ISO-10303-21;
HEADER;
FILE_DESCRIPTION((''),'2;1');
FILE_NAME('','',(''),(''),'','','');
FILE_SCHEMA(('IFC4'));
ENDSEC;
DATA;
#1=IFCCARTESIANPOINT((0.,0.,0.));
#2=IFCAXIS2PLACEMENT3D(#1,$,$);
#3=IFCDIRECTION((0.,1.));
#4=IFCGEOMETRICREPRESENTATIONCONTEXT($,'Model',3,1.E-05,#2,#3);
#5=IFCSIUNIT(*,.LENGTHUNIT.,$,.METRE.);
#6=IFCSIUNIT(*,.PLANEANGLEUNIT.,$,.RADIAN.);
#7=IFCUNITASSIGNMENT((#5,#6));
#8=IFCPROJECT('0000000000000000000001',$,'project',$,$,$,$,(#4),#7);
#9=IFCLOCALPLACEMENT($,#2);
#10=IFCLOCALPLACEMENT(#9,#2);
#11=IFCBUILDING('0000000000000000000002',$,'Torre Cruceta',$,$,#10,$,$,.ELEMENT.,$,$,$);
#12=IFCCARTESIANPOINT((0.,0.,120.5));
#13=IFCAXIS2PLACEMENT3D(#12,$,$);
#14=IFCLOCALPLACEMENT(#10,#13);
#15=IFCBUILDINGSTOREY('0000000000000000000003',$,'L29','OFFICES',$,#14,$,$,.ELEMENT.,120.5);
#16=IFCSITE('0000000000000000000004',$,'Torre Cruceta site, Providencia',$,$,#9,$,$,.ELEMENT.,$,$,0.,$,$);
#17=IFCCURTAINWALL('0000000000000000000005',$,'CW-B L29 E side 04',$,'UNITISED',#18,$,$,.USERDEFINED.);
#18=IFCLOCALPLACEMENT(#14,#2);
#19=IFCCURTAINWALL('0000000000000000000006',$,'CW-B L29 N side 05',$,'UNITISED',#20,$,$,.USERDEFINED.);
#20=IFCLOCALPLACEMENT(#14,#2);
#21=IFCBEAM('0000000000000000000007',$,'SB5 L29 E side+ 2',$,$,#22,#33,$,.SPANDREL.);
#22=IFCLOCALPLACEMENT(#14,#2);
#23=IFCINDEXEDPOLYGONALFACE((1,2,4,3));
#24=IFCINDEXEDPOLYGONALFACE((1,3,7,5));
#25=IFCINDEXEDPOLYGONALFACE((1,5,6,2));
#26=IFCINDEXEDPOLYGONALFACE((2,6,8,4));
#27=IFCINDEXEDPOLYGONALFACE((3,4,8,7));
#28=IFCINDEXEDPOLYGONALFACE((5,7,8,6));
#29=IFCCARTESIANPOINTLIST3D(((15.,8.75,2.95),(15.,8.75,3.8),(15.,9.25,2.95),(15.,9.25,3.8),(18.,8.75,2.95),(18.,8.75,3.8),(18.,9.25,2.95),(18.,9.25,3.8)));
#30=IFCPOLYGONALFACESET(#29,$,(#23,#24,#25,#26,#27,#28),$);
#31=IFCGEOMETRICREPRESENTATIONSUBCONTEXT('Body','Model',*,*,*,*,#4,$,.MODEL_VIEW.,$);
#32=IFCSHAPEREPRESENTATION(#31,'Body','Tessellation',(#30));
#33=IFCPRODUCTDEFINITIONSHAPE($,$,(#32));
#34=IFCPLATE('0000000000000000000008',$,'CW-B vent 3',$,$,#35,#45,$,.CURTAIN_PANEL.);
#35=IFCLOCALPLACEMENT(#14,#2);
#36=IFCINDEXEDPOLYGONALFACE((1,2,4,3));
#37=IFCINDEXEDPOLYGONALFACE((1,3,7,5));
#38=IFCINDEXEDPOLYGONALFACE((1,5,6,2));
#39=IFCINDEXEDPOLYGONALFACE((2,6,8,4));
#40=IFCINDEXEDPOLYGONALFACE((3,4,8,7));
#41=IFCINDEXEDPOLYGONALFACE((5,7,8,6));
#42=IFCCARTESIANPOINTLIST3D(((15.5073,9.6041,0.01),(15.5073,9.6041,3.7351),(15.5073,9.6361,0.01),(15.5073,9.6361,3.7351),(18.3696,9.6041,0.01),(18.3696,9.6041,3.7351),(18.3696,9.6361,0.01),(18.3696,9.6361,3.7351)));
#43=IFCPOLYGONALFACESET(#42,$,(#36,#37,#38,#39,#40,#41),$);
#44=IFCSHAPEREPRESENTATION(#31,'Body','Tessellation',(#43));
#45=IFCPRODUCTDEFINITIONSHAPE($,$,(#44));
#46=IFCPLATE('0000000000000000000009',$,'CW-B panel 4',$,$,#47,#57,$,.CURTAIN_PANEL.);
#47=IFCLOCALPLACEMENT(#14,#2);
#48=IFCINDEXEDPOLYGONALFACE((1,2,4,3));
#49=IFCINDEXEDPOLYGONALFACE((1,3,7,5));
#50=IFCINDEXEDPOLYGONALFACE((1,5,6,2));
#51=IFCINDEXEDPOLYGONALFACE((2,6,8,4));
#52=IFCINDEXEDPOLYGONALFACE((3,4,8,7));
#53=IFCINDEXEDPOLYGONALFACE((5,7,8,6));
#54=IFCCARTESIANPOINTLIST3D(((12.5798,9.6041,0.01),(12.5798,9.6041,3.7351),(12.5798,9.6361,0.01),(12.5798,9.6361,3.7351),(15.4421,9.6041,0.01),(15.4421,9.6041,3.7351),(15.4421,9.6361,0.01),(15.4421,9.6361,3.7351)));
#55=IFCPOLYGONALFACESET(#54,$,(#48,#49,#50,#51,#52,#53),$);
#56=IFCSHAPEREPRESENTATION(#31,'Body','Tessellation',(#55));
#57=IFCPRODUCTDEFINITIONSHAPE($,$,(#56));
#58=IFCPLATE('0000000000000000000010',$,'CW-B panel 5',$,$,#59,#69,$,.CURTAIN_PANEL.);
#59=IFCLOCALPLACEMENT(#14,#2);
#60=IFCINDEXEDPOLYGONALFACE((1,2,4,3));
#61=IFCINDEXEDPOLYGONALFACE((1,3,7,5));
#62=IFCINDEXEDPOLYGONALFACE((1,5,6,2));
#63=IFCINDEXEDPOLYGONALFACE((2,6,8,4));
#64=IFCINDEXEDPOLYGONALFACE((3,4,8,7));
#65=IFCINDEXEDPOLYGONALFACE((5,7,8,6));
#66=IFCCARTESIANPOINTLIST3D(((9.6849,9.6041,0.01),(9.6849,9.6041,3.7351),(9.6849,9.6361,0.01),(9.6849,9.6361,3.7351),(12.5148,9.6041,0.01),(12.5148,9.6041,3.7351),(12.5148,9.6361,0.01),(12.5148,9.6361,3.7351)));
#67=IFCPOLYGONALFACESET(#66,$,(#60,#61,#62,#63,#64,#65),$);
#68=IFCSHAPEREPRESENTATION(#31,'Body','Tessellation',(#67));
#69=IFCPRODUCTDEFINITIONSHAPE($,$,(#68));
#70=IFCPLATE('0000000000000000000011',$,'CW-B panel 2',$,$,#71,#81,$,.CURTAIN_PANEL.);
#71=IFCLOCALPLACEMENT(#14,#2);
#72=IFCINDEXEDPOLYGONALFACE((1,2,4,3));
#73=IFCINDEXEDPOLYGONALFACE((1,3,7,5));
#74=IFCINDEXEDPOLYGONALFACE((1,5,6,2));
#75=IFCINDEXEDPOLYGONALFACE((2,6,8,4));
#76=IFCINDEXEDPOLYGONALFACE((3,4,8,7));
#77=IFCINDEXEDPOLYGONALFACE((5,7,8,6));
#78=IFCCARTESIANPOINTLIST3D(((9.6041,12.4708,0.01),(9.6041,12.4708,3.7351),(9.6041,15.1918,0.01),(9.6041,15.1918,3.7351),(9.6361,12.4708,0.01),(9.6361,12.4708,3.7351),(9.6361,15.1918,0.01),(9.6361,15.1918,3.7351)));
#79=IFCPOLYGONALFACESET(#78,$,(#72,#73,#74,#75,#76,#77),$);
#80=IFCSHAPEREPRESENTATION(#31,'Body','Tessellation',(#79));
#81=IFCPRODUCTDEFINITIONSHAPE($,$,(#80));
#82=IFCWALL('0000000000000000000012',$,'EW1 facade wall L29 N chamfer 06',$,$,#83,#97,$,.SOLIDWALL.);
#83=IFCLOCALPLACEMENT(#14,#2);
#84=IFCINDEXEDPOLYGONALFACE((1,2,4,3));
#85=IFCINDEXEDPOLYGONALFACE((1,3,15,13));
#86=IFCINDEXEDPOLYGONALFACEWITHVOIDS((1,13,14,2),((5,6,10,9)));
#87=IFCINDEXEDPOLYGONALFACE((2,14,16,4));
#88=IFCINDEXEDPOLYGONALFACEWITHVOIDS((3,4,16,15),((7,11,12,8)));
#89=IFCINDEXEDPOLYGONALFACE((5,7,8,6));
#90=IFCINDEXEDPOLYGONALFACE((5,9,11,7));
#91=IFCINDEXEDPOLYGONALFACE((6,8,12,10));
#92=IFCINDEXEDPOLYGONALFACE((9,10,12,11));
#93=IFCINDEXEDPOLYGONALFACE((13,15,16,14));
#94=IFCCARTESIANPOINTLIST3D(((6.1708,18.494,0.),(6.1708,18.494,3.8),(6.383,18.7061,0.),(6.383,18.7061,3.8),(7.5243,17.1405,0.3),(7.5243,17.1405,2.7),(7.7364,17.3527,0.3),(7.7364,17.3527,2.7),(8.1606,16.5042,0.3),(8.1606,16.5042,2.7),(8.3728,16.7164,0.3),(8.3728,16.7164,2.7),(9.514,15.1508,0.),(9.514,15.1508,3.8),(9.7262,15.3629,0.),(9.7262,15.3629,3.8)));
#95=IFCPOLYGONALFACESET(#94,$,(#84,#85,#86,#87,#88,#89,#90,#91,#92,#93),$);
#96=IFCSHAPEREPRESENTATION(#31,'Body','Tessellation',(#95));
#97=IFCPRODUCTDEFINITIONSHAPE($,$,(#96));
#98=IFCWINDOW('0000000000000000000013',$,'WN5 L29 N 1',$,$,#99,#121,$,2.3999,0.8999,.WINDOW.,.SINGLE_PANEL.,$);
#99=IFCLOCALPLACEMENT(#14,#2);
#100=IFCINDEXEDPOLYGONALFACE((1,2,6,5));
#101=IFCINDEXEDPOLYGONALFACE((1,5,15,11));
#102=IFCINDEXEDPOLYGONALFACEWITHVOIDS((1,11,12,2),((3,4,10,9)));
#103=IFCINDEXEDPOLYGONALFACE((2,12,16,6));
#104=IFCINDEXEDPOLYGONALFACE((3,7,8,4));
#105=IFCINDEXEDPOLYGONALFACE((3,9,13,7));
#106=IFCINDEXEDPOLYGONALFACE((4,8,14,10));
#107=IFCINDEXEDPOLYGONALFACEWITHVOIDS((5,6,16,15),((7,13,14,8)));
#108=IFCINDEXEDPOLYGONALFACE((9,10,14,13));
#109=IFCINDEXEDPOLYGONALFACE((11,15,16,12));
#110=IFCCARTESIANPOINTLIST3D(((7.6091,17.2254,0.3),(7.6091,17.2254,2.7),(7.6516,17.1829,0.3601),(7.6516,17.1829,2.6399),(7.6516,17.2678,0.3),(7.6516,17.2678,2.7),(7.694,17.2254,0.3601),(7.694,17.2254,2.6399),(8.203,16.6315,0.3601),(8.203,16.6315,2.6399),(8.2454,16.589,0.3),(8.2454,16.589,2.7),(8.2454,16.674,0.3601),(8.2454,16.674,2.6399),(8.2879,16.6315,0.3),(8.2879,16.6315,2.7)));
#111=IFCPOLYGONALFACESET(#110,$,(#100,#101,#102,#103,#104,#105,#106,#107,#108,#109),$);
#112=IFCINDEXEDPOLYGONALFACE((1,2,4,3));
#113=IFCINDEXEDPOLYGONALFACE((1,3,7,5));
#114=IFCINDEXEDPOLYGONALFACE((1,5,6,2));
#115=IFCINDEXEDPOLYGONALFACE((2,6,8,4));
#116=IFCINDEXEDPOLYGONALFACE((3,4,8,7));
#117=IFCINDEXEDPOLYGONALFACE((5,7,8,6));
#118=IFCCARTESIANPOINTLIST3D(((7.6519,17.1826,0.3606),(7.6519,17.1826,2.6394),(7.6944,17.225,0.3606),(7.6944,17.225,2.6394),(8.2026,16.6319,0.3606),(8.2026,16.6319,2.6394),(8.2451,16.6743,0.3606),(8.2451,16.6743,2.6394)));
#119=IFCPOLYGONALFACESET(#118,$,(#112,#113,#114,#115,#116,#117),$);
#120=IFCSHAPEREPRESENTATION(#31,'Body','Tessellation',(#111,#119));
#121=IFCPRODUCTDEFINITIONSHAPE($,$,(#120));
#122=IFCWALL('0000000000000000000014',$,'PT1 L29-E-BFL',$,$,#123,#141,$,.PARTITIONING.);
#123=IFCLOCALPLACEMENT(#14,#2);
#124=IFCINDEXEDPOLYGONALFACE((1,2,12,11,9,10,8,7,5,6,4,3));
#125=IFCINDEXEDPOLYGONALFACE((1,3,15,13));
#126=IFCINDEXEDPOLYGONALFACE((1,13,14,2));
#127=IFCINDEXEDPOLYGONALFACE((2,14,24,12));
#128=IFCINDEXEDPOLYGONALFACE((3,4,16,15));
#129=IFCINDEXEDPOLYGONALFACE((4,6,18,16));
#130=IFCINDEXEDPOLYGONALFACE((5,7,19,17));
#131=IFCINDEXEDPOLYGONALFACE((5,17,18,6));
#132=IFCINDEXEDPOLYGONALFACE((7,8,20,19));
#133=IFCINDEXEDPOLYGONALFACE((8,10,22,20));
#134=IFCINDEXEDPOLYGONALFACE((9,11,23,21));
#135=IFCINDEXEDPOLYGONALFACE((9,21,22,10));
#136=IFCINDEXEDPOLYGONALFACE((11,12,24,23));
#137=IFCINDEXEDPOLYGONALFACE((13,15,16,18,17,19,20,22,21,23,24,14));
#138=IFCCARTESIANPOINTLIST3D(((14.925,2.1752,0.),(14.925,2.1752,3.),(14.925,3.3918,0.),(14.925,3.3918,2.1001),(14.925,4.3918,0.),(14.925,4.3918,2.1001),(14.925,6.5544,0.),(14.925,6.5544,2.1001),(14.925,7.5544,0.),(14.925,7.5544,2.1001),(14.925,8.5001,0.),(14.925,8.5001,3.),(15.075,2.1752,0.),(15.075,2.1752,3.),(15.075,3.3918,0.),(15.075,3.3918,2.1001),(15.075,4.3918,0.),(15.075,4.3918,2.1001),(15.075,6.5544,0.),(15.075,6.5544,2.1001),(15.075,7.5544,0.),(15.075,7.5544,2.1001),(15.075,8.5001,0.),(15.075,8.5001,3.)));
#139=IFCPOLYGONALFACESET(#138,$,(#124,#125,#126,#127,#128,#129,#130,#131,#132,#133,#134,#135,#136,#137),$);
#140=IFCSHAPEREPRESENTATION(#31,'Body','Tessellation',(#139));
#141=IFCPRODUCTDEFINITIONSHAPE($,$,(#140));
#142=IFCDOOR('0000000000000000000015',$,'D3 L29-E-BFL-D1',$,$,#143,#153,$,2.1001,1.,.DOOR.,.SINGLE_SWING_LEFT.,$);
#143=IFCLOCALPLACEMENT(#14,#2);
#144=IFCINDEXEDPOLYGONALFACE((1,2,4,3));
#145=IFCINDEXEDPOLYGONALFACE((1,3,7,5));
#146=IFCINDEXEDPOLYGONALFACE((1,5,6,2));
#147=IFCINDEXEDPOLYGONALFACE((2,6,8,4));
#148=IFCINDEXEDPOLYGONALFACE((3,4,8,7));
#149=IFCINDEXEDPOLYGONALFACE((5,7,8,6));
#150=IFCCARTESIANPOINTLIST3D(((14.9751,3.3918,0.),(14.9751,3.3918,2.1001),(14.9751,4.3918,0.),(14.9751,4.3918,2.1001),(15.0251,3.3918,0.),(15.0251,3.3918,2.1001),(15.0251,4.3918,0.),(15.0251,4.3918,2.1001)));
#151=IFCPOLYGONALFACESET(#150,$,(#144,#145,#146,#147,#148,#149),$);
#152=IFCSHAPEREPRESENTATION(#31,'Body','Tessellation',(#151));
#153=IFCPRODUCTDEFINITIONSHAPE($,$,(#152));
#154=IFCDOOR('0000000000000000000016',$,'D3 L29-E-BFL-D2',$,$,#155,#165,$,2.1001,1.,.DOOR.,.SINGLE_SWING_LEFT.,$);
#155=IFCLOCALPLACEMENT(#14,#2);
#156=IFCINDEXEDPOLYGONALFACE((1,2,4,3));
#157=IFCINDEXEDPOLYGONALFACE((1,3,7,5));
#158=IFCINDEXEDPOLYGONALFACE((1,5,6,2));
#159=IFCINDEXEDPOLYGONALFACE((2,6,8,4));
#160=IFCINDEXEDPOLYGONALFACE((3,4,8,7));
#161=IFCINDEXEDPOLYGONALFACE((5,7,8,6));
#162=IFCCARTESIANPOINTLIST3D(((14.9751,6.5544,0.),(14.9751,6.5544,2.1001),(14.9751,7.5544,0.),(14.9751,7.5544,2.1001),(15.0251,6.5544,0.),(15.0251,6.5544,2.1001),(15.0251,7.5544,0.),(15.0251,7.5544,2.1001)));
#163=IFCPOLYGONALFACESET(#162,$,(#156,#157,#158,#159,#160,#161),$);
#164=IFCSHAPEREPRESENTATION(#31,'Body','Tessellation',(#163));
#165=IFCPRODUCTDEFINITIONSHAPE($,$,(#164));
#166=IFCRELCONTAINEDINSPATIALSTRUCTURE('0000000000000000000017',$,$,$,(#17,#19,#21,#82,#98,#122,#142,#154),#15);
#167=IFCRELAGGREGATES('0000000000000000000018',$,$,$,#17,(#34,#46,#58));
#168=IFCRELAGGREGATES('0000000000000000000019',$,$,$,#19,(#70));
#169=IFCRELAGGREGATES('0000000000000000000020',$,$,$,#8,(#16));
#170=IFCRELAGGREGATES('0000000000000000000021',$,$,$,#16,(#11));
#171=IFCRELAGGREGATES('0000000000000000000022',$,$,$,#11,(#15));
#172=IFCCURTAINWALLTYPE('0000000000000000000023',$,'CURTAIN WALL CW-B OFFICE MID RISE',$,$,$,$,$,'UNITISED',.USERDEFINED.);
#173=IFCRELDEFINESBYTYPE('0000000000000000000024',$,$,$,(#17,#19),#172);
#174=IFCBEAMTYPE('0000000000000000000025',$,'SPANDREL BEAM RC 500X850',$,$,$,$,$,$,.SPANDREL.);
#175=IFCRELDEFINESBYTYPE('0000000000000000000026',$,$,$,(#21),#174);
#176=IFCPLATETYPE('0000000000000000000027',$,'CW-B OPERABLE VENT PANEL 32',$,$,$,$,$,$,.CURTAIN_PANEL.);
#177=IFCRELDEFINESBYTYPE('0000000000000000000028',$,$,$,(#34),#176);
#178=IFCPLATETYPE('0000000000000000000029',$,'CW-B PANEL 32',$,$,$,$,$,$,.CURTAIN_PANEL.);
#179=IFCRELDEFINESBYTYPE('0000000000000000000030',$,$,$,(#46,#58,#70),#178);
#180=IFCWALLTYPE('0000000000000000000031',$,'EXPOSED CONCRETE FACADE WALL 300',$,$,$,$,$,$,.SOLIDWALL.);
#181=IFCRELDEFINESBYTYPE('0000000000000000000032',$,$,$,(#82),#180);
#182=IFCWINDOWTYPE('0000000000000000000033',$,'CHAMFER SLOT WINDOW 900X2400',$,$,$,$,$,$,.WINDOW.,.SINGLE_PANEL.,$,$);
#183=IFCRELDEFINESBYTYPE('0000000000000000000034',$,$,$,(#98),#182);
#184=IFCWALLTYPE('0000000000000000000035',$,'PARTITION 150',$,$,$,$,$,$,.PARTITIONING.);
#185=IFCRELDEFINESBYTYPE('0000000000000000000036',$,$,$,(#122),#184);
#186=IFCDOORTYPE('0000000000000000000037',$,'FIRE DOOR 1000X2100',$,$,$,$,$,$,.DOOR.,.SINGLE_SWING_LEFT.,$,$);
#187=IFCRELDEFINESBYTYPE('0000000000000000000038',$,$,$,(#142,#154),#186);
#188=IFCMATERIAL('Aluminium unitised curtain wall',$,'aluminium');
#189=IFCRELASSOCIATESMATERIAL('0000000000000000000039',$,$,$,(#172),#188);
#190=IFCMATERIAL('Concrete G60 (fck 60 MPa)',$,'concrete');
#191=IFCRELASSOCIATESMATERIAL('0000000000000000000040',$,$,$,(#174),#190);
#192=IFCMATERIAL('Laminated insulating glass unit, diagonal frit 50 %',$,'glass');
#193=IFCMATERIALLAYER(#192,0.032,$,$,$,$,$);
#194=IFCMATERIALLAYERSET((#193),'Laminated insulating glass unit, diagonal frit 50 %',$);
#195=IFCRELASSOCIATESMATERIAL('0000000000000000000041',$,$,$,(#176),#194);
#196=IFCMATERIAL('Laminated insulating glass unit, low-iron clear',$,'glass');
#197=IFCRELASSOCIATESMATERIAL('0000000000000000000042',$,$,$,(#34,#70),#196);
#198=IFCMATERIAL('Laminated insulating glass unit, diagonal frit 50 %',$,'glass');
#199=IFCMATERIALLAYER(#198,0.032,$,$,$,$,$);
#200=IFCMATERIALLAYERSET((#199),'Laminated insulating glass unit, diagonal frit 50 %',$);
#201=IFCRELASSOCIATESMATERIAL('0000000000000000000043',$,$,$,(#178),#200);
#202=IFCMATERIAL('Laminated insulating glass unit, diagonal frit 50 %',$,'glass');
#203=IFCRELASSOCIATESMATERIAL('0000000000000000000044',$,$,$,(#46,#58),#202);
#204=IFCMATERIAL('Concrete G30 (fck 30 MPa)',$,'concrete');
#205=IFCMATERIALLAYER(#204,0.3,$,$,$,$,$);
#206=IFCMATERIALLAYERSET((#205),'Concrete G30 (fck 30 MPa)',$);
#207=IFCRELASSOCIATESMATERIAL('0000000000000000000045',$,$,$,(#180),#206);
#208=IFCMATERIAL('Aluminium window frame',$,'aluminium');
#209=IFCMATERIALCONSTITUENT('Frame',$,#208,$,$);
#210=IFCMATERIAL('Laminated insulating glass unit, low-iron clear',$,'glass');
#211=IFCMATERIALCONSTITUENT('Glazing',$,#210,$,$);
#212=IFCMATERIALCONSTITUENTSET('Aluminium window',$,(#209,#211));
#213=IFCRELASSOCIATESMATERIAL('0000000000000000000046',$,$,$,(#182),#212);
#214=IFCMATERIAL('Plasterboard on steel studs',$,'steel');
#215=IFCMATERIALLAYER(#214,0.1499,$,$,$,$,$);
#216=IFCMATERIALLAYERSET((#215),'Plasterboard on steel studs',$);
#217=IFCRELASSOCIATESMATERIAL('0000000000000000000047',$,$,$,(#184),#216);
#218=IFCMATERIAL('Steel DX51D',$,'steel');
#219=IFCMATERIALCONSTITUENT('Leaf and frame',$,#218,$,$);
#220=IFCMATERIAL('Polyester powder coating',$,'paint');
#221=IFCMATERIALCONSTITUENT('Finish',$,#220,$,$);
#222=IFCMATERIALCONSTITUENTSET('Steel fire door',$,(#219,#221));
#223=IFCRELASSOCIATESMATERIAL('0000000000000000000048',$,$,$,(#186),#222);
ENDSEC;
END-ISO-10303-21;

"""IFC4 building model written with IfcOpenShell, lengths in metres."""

from ifc_helpers import new_model, si_unit, direction, frame, frame_2d, origin, origin_2d, place, context, subcontext, project, spatial, rectangle, hollow_rectangle, extrude, material, layer, layer_set, constituent, constituent_set, material_profile, profile_set, type_object, element, fill, aggregate, save


model = new_model("IFC4")

# Units and contexts
model_context = context("Model", 3, precision=1e-05, world=origin(), true_north=direction((0.0, 1.0)))
body_context = subcontext(model_context, "Body", "Model", "MODEL_VIEW")
ifc_project = project(units=[si_unit("LENGTHUNIT", "METRE"), si_unit("PLANEANGLEUNIT", "RADIAN")], contexts=[model_context])

# Site, building, storey
site_placement = place(None, origin())
site = spatial("IfcSite", under=ifc_project, at=site_placement, Name="Torre Cruceta site, Providencia", CompositionType="ELEMENT", RefElevation=0.0)
building_placement = place(site_placement, origin())
building = spatial("IfcBuilding", under=site, at=building_placement, Name="Torre Cruceta", CompositionType="ELEMENT")
storey_placement = place(building_placement, frame((0.0, 0.0, 120.5)))
storey = spatial("IfcBuildingStorey", under=building, at=storey_placement, Name="L29", Description="OFFICES", CompositionType="ELEMENT", Elevation=120.5)

# Curtain wall
ifc_material_1 = material(Name="Aluminium unitised curtain wall", Category="aluminium")
curtain_wall_type = type_object("IfcCurtainWallType", Name="CURTAIN WALL CW-B OFFICE MID RISE", ElementType="UNITISED", PredefinedType="USERDEFINED", material=ifc_material_1)
curtain_wall_1_placement = place(storey_placement, origin())
curtain_wall_1 = element("IfcCurtainWall", 1, at=curtain_wall_1_placement, inside=storey, type_object=curtain_wall_type, Name="CW-B L29 E side 04", ObjectType="UNITISED", PredefinedType="USERDEFINED")

# Curtain wall
curtain_wall_2_placement = place(storey_placement, origin())
curtain_wall_2 = element("IfcCurtainWall", 2, at=curtain_wall_2_placement, inside=storey, type_object=curtain_wall_type, Name="CW-B L29 N side 05", ObjectType="UNITISED", PredefinedType="USERDEFINED")

# Beam
ifc_material_2 = material(Name="Concrete G60 (fck 60 MPa)", Category="concrete")
ifc_material_profile_1 = material_profile(ifc_material_2, rectangle(XDim=0.5, YDim=0.8501, at=origin_2d()), Name="RC 500X850")
ifc_profile_set_1 = profile_set([ifc_material_profile_1], Name="Concrete G60 (fck 60 MPa)")
beam_type_1 = type_object("IfcBeamType", Name="SPANDREL BEAM RC 500X850", PredefinedType="SPANDREL", material=ifc_profile_set_1)
beam_1_placement = place(storey_placement, frame((15.0, 9.0, 3.375), z_axis=(1.0, 0.0, 0.0), x_axis=(0.0, 1.0, 0.0)))
element("IfcBeam", 3, at=beam_1_placement, inside=storey, type_object=beam_type_1, Name="SB5 L29 E side+ 2", PredefinedType="SPANDREL", context=body_context, shape_type="SweptSolid", body=[
    extrude(rectangle(XDim=0.5, YDim=0.8501, at=origin_2d()), origin(), (0.0, 0.0, 1.0), 3.0),
])

# Plates
ifc_material_3 = material(Name="Laminated insulating glass unit, low-iron clear", Category="glass")
ifc_material_4 = material(Name="Laminated insulating glass unit, diagonal frit 50 %", Category="glass")
ifc_layer_1 = layer(ifc_material_4, 0.032)
ifc_layer_set_1 = layer_set([ifc_layer_1], Name="Laminated insulating glass unit, diagonal frit 50 %")
plate_type_1 = type_object("IfcPlateType", Name="CW-B OPERABLE VENT PANEL 32", PredefinedType="CURTAIN_PANEL", material=ifc_layer_set_1)
plate_1_placement = place(storey_placement, frame((16.9385, 9.6201, 0.01), z_axis=(0.0, 0.0, 1.0), x_axis=(-1.0, 0.0, 0.0)))
plate_1 = element("IfcPlate", 4, at=plate_1_placement, type_object=plate_type_1, material=ifc_material_3, Name="CW-B vent 3", PredefinedType="CURTAIN_PANEL", context=body_context, shape_type="SweptSolid", body=[
    extrude(rectangle(XDim=2.8623, YDim=0.032, at=origin_2d()), origin(), (0.0, 0.0, 1.0), 3.7251),
])
ifc_material_5 = material(Name="Laminated insulating glass unit, diagonal frit 50 %", Category="glass")
ifc_material_6 = material(Name="Laminated insulating glass unit, diagonal frit 50 %", Category="glass")
ifc_layer_2 = layer(ifc_material_6, 0.032)
ifc_layer_set_2 = layer_set([ifc_layer_2], Name="Laminated insulating glass unit, diagonal frit 50 %")
plate_type_2 = type_object("IfcPlateType", Name="CW-B PANEL 32", PredefinedType="CURTAIN_PANEL", material=ifc_layer_set_2)
plate_2_placement = place(storey_placement, frame((14.011, 9.6201, 0.01), z_axis=(0.0, 0.0, 1.0), x_axis=(-1.0, 0.0, 0.0)))
plate_2 = element("IfcPlate", 5, at=plate_2_placement, type_object=plate_type_2, material=ifc_material_5, Name="CW-B panel 4", PredefinedType="CURTAIN_PANEL", context=body_context, shape_type="SweptSolid", body=[
    extrude(rectangle(XDim=2.8623, YDim=0.032, at=origin_2d()), origin(), (0.0, 0.0, 1.0), 3.7251),
])
plate_3_placement = place(storey_placement, frame((11.0999, 9.6201, 0.01), z_axis=(0.0, 0.0, 1.0), x_axis=(-1.0, 0.0, 0.0)))
plate_3 = element("IfcPlate", 6, at=plate_3_placement, type_object=plate_type_2, material=ifc_material_5, Name="CW-B panel 5", PredefinedType="CURTAIN_PANEL", context=body_context, shape_type="SweptSolid", body=[
    extrude(rectangle(XDim=2.8298, YDim=0.032, at=origin_2d()), origin(), (0.0, 0.0, 1.0), 3.7251),
])
aggregate(curtain_wall_1, [plate_1, plate_2, plate_3])
plate_4_placement = place(storey_placement, frame((9.6201, 13.8313, 0.01), z_axis=(0.0, 0.0, 1.0), x_axis=(0.0, 1.0, 0.0)))
plate_4 = element("IfcPlate", 7, at=plate_4_placement, type_object=plate_type_2, material=ifc_material_3, Name="CW-B panel 2", PredefinedType="CURTAIN_PANEL", context=body_context, shape_type="SweptSolid", body=[
    extrude(rectangle(XDim=2.7209, YDim=0.032, at=origin_2d()), origin(), (0.0, 0.0, 1.0), 3.7251),
])
aggregate(curtain_wall_2, [plate_4])

# Wall, opening, window
ifc_material_7 = material(Name="Concrete G30 (fck 30 MPa)", Category="concrete")
ifc_layer_3 = layer(ifc_material_7, 0.3)
ifc_layer_set_3 = layer_set([ifc_layer_3], Name="Concrete G30 (fck 30 MPa)")
wall_type_1 = type_object("IfcWallType", Name="EXPOSED CONCRETE FACADE WALL 300", PredefinedType="SOLIDWALL", material=ifc_layer_set_3)
wall_1_placement = place(storey_placement, frame((9.6201, 15.2568, 0.0), z_axis=(0.0, 0.0, 1.0), x_axis=(-0.707107, 0.707107, 0.0)))
wall_1 = element("IfcWall", 8, at=wall_1_placement, inside=storey, type_object=wall_type_1, Name="EW1 facade wall L29 N chamfer 06", PredefinedType="SOLIDWALL", context=body_context, shape_type="SweptSolid", body=[
    extrude(rectangle(XDim=4.728, YDim=0.3, at=frame_2d((2.364, 0.0))), origin(), (0.0, 0.0, 1.0), 3.8),
])
opening_1_placement = place(wall_1_placement, frame((1.9141, 0.0, 0.3)))
opening_1 = element("IfcOpeningElement", 9, at=opening_1_placement, cuts=wall_1, PredefinedType="OPENING", context=body_context, shape_type="SweptSolid", body=[
    extrude(rectangle(XDim=0.8999, YDim=2.3999, at=frame_2d((0.45, 1.2))), frame((0.0, 0.1599, 0.0), z_axis=(0.0, -1.0, 0.0), x_axis=(1.0, 0.0, 0.0)), (0.0, 0.0, 1.0), 0.3201),
])
ifc_material_8 = material(Name="Aluminium window frame", Category="aluminium")
ifc_constituent_1 = constituent(ifc_material_8, Name="Frame")
ifc_material_9 = material(Name="Laminated insulating glass unit, low-iron clear", Category="glass")
ifc_constituent_2 = constituent(ifc_material_9, Name="Glazing")
ifc_constituent_set_1 = constituent_set(constituents=[ifc_constituent_1, ifc_constituent_2], Name="Aluminium window")
window_type = type_object("IfcWindowType", Name="CHAMFER SLOT WINDOW 900X2400", PartitioningType="SINGLE_PANEL", PredefinedType="WINDOW", material=ifc_constituent_set_1)
window_placement = place(opening_1_placement, origin())
window = element("IfcWindow", 10, at=window_placement, inside=storey, type_object=window_type, Name="WN5 L29 N 1", OverallHeight=2.3999, OverallWidth=0.8999, PartitioningType="SINGLE_PANEL", PredefinedType="WINDOW", context=body_context, shape_type="SweptSolid", body=[
    extrude(hollow_rectangle(XDim=0.8999, YDim=2.3999, WallThickness=0.0601, at=frame_2d((0.45, 1.2))), frame((0.0, 0.03, 0.0), z_axis=(0.0, -1.0, 0.0), x_axis=(1.0, 0.0, 0.0)), (0.0, 0.0, 1.0), 0.0601),
    extrude(rectangle(XDim=0.7788, YDim=2.2788, at=frame_2d((0.45, 1.2))), frame((0.0, 0.03, 0.0), z_axis=(0.0, -1.0, 0.0), x_axis=(1.0, 0.0, 0.0)), (0.0, 0.0, 1.0), 0.0601),
])
fill(opening_1, window)

# Wall, openings, doors
ifc_material_10 = material(Name="Plasterboard on steel studs", Category="steel")
ifc_layer_4 = layer(ifc_material_10, 0.1499)
ifc_layer_set_4 = layer_set([ifc_layer_4], Name="Plasterboard on steel studs")
wall_type_2 = type_object("IfcWallType", Name="PARTITION 150", PredefinedType="PARTITIONING", material=ifc_layer_set_4)
wall_2_placement = place(storey_placement, frame((15.0, 2.175, 0.0), z_axis=(0.0, 0.0, 1.0), x_axis=(0.0, 1.0, 0.0)))
wall_2 = element("IfcWall", 11, at=wall_2_placement, inside=storey, type_object=wall_type_2, Name="PT1 L29-E-BFL", PredefinedType="PARTITIONING", context=body_context, shape_type="SweptSolid", body=[
    extrude(rectangle(XDim=6.325, YDim=0.1499, at=frame_2d((3.1626, 0.0))), origin(), (0.0, 0.0, 1.0), 3.0),
])
opening_2_placement = place(wall_2_placement, frame((1.2168, 0.0, 0.0)))
opening_2 = element("IfcOpeningElement", 12, at=opening_2_placement, cuts=wall_2, PredefinedType="OPENING", context=body_context, shape_type="SweptSolid", body=[
    extrude(rectangle(XDim=1.0, YDim=2.1001, at=frame_2d((0.5, 1.05))), frame((0.0, 0.085, 0.0), z_axis=(0.0, -1.0, 0.0), x_axis=(1.0, 0.0, 0.0)), (0.0, 0.0, 1.0), 0.1699),
])
opening_3_placement = place(wall_2_placement, frame((4.3794, 0.0, 0.0)))
opening_3 = element("IfcOpeningElement", 13, at=opening_3_placement, cuts=wall_2, PredefinedType="OPENING", context=body_context, shape_type="SweptSolid", body=[
    extrude(rectangle(XDim=1.0, YDim=2.1001, at=frame_2d((0.5, 1.05))), frame((0.0, 0.085, 0.0), z_axis=(0.0, -1.0, 0.0), x_axis=(1.0, 0.0, 0.0)), (0.0, 0.0, 1.0), 0.1699),
])
ifc_material_11 = material(Name="Steel DX51D", Category="steel")
ifc_constituent_3 = constituent(ifc_material_11, Name="Leaf and frame")
ifc_material_12 = material(Name="Polyester powder coating", Category="paint")
ifc_constituent_4 = constituent(ifc_material_12, Name="Finish")
ifc_constituent_set_2 = constituent_set(constituents=[ifc_constituent_3, ifc_constituent_4], Name="Steel fire door")
door_type = type_object("IfcDoorType", Name="FIRE DOOR 1000X2100", OperationType="SINGLE_SWING_LEFT", PredefinedType="DOOR", material=ifc_constituent_set_2)
door_1_placement = place(opening_2_placement, origin())
door_1 = element("IfcDoor", 14, at=door_1_placement, inside=storey, type_object=door_type, Name="D3 L29-E-BFL-D1", OperationType="SINGLE_SWING_LEFT", OverallHeight=2.1001, OverallWidth=1.0, PredefinedType="DOOR", context=body_context, shape_type="SweptSolid", body=[
    extrude(rectangle(XDim=1.0, YDim=2.1001, at=frame_2d((0.5, 1.05))), frame((0.0, 0.0249, 0.0), z_axis=(0.0, -1.0, 0.0), x_axis=(1.0, 0.0, 0.0)), (0.0, 0.0, 1.0), 0.05),
])
fill(opening_2, door_1)
door_2_placement = place(opening_3_placement, origin())
door_2 = element("IfcDoor", 15, at=door_2_placement, inside=storey, type_object=door_type, Name="D3 L29-E-BFL-D2", OperationType="SINGLE_SWING_LEFT", OverallHeight=2.1001, OverallWidth=1.0, PredefinedType="DOOR", context=body_context, shape_type="SweptSolid", body=[
    extrude(rectangle(XDim=1.0, YDim=2.1001, at=frame_2d((0.5, 1.05))), frame((0.0, 0.0249, 0.0), z_axis=(0.0, -1.0, 0.0), x_axis=(1.0, 0.0, 0.0)), (0.0, 0.0, 1.0), 0.05),
])
fill(opening_3, door_2)

save(model, "model.ifc")
